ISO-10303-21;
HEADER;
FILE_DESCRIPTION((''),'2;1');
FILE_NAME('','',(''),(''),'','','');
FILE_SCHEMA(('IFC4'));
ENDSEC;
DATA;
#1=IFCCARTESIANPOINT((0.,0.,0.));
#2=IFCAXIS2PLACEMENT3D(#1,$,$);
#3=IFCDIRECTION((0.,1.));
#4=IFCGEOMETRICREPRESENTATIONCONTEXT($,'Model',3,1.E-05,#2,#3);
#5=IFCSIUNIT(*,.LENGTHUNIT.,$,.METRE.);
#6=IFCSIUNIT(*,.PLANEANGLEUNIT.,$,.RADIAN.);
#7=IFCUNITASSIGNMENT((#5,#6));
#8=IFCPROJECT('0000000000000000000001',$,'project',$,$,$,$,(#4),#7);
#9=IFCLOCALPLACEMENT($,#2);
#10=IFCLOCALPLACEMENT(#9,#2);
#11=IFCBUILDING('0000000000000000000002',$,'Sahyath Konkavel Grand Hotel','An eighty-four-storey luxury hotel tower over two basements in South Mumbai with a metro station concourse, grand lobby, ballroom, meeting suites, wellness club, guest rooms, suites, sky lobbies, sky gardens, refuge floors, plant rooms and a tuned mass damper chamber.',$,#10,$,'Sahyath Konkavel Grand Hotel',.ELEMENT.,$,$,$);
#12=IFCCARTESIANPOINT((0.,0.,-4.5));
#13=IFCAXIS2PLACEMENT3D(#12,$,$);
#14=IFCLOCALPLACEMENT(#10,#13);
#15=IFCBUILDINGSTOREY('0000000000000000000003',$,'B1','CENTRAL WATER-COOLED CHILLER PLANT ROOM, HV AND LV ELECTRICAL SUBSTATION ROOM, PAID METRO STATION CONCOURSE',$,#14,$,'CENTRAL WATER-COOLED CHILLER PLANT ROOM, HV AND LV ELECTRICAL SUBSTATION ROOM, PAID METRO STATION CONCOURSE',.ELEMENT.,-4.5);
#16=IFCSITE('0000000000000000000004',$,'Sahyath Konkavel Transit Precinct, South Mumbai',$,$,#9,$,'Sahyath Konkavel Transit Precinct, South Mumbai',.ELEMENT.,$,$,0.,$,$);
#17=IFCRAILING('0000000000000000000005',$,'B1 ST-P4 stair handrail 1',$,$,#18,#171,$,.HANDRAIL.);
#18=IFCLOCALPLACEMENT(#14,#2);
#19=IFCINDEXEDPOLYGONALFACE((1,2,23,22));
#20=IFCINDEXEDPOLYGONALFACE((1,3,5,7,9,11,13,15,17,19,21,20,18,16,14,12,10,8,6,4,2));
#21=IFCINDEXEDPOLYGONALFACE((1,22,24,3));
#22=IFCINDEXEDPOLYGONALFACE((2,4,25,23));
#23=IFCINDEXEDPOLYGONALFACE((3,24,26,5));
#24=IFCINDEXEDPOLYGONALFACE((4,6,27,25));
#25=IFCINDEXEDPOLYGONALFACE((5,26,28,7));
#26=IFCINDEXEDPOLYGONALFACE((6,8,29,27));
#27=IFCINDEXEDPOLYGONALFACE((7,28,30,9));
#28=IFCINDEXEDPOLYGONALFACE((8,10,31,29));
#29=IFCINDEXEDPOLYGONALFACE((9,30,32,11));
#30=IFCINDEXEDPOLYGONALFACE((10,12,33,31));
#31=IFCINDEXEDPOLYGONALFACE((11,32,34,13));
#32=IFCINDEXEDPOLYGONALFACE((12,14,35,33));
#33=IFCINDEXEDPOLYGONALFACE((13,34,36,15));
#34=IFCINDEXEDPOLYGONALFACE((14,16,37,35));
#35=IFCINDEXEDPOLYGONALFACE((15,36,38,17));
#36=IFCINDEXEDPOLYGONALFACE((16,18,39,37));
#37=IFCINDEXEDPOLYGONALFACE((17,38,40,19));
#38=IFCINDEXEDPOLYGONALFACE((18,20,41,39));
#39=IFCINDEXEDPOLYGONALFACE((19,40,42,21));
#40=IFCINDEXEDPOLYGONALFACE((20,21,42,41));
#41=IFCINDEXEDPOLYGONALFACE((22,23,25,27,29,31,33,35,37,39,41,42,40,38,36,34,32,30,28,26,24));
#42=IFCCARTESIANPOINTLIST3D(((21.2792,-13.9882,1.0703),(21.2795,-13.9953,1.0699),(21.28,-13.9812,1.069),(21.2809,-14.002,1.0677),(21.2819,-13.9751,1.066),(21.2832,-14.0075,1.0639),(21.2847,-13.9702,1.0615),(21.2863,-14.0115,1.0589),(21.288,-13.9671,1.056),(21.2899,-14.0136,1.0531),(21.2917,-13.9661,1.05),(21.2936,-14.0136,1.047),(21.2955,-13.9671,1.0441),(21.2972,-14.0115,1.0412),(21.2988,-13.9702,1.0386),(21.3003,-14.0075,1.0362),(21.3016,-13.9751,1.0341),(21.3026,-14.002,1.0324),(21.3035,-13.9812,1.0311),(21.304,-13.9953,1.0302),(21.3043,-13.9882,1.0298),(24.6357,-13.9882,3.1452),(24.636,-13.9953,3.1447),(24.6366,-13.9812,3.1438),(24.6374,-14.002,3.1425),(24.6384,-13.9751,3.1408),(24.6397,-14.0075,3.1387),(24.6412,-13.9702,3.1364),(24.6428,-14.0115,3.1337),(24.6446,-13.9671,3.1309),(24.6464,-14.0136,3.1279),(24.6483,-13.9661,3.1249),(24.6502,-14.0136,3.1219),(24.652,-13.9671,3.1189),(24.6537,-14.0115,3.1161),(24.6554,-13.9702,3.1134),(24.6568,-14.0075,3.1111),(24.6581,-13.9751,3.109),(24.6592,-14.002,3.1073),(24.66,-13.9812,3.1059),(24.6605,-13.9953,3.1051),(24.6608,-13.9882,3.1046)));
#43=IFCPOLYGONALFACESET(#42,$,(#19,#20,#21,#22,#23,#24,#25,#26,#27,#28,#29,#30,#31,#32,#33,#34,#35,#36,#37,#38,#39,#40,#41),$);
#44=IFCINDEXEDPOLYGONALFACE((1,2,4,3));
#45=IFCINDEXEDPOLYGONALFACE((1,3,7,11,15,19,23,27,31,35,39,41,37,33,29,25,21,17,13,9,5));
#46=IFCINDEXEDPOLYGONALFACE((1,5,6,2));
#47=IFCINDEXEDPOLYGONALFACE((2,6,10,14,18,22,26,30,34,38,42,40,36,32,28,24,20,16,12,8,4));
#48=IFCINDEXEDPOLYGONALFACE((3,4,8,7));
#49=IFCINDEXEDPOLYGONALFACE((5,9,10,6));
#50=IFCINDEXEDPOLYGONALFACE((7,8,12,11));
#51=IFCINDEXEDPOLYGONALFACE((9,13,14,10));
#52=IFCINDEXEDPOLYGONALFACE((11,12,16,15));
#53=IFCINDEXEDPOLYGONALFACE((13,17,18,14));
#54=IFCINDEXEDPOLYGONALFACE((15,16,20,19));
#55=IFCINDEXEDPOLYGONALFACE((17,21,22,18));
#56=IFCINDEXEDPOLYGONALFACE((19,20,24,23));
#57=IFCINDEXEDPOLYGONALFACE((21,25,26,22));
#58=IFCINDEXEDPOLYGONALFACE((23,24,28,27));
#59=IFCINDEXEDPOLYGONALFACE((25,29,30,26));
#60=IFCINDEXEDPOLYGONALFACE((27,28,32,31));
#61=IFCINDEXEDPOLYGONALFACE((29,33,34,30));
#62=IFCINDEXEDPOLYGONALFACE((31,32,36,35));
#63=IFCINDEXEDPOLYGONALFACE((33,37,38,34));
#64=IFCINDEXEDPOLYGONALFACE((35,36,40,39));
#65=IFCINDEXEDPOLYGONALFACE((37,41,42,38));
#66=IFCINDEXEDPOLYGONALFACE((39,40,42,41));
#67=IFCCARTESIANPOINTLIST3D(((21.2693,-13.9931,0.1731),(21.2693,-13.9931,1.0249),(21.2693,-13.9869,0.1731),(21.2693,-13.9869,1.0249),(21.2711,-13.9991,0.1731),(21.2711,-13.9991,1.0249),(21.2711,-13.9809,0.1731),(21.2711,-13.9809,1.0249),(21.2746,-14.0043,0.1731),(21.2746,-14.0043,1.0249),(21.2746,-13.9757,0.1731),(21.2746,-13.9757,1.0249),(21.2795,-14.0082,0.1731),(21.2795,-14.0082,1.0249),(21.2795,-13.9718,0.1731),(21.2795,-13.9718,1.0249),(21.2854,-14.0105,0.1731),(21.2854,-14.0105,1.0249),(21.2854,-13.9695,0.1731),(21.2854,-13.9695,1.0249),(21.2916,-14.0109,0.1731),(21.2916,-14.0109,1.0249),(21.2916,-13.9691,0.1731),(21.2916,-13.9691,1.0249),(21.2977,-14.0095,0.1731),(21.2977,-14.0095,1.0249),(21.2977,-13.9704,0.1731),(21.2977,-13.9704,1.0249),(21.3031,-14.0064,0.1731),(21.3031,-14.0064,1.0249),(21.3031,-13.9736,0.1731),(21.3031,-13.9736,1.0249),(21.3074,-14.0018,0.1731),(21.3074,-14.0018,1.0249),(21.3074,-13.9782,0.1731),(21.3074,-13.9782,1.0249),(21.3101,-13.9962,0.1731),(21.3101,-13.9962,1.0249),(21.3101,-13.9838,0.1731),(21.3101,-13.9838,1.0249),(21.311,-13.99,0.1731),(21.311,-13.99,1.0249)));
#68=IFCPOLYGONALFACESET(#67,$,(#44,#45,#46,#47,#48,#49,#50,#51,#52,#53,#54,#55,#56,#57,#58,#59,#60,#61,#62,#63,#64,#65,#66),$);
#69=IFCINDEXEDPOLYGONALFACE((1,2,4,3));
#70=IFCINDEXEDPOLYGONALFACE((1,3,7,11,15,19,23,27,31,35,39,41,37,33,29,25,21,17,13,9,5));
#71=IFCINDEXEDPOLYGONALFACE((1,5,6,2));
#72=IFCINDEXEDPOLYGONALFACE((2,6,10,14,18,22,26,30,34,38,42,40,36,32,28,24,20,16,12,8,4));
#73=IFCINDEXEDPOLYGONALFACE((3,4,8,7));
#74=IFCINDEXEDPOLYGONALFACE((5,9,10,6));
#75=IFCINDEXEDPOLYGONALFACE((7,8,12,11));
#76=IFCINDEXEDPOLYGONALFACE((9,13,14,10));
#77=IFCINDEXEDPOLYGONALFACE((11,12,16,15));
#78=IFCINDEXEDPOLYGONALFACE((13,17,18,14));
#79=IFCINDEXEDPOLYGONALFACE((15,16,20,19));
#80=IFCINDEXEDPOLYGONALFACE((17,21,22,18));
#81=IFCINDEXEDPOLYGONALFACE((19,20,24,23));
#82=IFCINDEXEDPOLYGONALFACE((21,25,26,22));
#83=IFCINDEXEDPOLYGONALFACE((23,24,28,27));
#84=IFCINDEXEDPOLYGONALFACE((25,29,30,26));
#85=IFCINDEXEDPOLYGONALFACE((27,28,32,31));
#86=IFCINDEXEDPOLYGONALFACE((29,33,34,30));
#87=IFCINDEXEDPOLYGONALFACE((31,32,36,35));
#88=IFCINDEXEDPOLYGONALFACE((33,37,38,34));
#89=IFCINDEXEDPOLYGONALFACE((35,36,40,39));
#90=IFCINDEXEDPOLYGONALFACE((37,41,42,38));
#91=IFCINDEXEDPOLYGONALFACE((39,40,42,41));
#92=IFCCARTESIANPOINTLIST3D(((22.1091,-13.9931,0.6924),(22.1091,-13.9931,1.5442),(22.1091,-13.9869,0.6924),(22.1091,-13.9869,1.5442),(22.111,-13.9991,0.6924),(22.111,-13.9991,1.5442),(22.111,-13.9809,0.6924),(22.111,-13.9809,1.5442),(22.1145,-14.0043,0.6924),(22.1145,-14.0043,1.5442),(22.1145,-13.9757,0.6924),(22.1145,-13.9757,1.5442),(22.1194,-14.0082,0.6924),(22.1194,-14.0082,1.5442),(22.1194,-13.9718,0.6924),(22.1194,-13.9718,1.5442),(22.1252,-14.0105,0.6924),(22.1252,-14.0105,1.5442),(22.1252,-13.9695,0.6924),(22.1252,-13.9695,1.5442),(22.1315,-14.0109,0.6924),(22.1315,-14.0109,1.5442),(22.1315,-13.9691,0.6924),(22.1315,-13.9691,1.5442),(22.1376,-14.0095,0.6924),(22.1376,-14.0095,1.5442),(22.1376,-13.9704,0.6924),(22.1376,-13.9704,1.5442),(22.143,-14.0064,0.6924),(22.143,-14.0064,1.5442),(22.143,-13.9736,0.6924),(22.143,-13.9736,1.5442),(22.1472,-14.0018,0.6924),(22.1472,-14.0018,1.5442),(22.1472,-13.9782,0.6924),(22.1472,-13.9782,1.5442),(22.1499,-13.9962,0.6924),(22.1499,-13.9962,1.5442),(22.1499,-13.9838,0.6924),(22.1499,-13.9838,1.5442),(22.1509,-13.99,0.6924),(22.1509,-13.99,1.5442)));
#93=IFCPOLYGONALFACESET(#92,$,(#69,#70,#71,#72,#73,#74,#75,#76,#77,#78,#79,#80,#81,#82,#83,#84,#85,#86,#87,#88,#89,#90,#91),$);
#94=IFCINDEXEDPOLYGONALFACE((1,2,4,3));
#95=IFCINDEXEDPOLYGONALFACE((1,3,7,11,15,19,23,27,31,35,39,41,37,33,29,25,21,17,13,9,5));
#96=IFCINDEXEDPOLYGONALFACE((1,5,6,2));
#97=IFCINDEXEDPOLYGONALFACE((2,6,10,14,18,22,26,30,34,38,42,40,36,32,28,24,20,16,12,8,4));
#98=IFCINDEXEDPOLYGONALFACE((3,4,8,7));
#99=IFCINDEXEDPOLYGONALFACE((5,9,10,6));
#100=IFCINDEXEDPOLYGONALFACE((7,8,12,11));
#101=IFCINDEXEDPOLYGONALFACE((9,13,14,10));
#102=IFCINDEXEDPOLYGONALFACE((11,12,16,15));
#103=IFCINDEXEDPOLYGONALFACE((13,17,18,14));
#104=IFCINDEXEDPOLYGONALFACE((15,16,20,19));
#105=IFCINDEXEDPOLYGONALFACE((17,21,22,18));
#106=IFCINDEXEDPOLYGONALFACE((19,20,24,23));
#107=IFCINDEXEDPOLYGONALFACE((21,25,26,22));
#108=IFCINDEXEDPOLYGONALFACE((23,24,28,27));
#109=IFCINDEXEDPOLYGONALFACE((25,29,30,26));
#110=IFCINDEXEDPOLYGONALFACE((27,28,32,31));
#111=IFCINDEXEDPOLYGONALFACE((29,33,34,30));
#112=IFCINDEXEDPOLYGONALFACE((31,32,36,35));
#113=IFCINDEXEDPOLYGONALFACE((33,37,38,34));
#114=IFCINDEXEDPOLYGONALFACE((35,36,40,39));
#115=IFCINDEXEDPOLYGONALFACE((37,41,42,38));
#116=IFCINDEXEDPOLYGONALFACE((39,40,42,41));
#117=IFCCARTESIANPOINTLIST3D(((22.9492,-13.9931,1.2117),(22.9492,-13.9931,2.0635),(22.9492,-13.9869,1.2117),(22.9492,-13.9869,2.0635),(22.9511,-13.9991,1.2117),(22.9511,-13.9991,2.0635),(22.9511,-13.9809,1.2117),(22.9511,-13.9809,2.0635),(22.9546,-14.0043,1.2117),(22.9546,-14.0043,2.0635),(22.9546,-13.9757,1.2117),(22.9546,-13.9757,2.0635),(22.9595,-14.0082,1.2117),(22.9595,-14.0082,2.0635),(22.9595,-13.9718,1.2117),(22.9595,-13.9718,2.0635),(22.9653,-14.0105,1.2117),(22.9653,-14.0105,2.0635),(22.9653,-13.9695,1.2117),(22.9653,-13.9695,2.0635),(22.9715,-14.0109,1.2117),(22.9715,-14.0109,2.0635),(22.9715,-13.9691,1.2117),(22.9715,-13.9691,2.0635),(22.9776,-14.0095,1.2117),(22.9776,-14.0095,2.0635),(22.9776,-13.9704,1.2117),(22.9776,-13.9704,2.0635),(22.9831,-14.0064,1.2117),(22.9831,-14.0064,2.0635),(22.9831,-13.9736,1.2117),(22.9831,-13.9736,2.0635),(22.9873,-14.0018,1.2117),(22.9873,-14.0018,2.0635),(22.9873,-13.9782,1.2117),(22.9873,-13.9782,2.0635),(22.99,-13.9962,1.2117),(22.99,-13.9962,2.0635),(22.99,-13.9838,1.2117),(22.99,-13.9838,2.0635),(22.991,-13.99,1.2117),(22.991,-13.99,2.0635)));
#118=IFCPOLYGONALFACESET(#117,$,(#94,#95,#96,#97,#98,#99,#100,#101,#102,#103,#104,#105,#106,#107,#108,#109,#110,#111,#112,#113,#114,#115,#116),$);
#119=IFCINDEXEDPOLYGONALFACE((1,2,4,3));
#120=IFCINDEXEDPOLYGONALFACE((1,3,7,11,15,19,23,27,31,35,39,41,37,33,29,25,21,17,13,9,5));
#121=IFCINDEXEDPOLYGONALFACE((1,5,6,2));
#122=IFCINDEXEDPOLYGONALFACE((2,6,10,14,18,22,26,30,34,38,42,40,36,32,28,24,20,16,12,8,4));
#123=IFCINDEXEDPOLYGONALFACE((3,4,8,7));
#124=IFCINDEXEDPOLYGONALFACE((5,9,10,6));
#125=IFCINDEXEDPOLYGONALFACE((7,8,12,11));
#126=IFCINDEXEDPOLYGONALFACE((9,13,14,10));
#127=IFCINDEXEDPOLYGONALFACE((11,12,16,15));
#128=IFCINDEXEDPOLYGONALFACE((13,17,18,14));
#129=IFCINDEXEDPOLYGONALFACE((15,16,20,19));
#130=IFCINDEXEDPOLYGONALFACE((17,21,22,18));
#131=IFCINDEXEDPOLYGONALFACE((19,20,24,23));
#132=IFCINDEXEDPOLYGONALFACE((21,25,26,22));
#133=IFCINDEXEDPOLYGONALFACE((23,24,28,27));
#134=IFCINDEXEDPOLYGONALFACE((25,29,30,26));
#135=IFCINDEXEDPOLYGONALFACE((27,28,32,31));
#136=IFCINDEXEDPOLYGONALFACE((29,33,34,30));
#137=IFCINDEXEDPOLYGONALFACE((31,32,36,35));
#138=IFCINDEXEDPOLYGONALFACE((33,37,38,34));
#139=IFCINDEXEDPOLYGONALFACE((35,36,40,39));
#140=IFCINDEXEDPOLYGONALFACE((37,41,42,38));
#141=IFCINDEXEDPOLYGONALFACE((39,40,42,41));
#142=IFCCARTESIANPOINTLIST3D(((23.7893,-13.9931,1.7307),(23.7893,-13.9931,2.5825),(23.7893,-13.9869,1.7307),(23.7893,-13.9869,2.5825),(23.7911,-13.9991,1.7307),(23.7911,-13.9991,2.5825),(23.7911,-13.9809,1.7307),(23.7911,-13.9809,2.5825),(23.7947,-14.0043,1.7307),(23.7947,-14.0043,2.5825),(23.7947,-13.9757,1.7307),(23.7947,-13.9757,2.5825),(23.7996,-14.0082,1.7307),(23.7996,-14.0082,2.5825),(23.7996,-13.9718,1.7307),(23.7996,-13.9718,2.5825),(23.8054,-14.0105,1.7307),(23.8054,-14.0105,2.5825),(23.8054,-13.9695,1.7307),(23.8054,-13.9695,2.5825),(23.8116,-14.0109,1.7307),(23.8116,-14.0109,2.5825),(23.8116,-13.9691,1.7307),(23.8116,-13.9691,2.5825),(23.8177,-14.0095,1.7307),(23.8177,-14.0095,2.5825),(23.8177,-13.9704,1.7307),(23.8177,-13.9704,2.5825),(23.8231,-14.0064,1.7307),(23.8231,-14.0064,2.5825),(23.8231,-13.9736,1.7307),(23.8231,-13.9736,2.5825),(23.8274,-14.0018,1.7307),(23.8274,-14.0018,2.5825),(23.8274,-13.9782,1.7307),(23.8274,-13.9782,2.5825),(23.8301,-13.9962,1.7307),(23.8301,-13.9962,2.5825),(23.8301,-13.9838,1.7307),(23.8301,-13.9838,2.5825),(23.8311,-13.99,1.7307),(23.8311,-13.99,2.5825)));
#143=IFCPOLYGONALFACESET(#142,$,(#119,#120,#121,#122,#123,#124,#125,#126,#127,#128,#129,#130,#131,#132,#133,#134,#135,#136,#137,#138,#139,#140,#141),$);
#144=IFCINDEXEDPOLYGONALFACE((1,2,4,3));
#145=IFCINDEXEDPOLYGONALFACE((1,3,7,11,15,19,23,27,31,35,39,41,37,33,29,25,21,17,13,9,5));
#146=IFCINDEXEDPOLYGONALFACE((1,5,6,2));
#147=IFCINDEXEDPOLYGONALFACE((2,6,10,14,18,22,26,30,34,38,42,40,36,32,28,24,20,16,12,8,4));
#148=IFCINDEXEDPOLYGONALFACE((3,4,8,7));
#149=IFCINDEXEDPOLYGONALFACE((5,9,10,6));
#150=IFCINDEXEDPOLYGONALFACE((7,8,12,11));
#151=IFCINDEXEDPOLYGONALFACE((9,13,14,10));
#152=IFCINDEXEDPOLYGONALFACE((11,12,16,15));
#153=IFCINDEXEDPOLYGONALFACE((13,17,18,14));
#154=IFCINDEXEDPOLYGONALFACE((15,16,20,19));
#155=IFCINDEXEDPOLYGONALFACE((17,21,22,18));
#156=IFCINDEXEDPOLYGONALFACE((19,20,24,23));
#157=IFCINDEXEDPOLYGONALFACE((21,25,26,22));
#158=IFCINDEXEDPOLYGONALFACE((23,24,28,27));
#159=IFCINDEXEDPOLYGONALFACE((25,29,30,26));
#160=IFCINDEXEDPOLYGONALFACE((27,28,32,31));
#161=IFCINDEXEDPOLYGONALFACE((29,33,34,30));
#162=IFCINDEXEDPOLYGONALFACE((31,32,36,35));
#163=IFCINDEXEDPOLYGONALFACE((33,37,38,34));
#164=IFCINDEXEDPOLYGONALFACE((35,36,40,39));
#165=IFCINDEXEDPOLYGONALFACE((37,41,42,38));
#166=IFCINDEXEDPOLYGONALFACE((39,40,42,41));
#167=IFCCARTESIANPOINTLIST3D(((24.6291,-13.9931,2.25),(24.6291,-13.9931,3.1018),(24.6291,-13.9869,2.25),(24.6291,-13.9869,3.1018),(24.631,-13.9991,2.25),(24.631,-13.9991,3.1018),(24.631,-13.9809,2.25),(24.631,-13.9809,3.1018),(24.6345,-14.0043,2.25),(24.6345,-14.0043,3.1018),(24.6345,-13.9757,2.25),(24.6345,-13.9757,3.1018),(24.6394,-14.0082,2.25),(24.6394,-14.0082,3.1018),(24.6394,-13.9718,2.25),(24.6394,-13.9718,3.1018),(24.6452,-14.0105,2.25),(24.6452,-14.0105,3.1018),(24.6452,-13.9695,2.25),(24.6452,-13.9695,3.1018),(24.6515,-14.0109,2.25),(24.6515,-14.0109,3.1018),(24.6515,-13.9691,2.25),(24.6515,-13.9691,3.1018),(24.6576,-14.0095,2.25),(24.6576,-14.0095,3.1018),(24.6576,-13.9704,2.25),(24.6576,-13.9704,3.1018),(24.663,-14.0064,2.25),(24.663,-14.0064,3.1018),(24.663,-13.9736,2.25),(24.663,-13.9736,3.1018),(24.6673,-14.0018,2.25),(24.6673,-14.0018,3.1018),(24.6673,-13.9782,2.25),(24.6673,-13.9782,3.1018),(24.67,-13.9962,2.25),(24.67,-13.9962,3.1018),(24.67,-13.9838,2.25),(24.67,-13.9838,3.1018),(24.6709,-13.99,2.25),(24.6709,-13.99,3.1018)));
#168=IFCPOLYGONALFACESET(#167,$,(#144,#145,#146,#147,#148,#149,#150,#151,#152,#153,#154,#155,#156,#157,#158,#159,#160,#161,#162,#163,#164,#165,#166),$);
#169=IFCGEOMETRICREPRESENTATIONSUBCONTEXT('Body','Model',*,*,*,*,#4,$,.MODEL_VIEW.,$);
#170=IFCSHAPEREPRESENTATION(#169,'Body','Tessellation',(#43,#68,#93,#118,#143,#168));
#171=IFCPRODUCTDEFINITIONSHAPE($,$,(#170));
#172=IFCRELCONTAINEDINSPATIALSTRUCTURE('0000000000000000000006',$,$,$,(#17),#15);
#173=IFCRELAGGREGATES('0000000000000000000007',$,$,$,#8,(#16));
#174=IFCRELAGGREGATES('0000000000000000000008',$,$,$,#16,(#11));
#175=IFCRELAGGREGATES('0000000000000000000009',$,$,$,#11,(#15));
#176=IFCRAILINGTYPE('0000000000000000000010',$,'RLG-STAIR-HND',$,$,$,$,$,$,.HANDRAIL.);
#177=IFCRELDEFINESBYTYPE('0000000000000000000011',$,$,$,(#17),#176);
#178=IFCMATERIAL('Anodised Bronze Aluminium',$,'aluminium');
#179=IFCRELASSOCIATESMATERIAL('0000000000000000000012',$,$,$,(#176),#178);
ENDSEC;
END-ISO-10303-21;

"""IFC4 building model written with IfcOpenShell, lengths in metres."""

from ifc_helpers import new_model, si_unit, direction, frame, origin, origin_2d, place, context, subcontext, project, spatial, circle, extrude, material, type_object, element, save


model = new_model("IFC4")

# Units and contexts
model_context = context("Model", 3, precision=1e-05, world=origin(), true_north=direction((0.0, 1.0)))
body_context = subcontext(model_context, "Body", "Model", "MODEL_VIEW")
ifc_project = project(units=[si_unit("LENGTHUNIT", "METRE"), si_unit("PLANEANGLEUNIT", "RADIAN")], contexts=[model_context])

# Site, building, storey
site_placement = place(None, origin())
site = spatial("IfcSite", under=ifc_project, at=site_placement, Name="Sahyath Konkavel Transit Precinct, South Mumbai", LongName="Sahyath Konkavel Transit Precinct, South Mumbai", CompositionType="ELEMENT", RefElevation=0.0)
building_placement = place(site_placement, origin())
building = spatial("IfcBuilding", under=site, at=building_placement, Name="Sahyath Konkavel Grand Hotel", Description="An eighty-four-storey luxury hotel tower over two basements in South Mumbai with a metro station concourse, grand lobby, ballroom, meeting suites, wellness club, guest rooms, suites, sky lobbies, sky gardens, refuge floors, plant rooms and a tuned mass damper chamber.", LongName="Sahyath Konkavel Grand Hotel", CompositionType="ELEMENT")
storey_placement = place(building_placement, frame((0.0, 0.0, -4.5)))
storey = spatial("IfcBuildingStorey", under=building, at=storey_placement, Name="B1", Description="CENTRAL WATER-COOLED CHILLER PLANT ROOM, HV AND LV ELECTRICAL SUBSTATION ROOM, PAID METRO STATION CONCOURSE", LongName="CENTRAL WATER-COOLED CHILLER PLANT ROOM, HV AND LV ELECTRICAL SUBSTATION ROOM, PAID METRO STATION CONCOURSE", CompositionType="ELEMENT", Elevation=-4.5)

# Railing
ifc_material_1 = material(Name="Anodised Bronze Aluminium", Category="aluminium")
railing_type_1 = type_object("IfcRailingType", Name="RLG-STAIR-HND", PredefinedType="HANDRAIL", material=ifc_material_1)
railing_1_placement = place(storey_placement, frame((21.29, -13.99, 0.1731)))
element("IfcRailing", 1, at=railing_1_placement, inside=storey, type_object=railing_type_1, Name="B1 ST-P4 stair handrail 1", PredefinedType="HANDRAIL", context=body_context, shape_type="SweptSolid", body=[
    extrude(circle(Radius=0.0239, at=origin_2d()), frame((0.0017, 0.0, 0.877), z_axis=(0.850606, 0.0, 0.525803), x_axis=(0.0, 1.0, 0.0)), (0.0, 0.0, 1.0), 3.946),
    extrude(circle(Radius=0.021, at=origin_2d()), origin(), (0.0, 0.0, 1.0), 0.8518),
    extrude(circle(Radius=0.021, at=origin_2d()), frame((0.8398, 0.0, 0.5193)), (0.0, 0.0, 1.0), 0.8518),
    extrude(circle(Radius=0.021, at=origin_2d()), frame((1.6799, 0.0, 1.0386)), (0.0, 0.0, 1.0), 0.8518),
    extrude(circle(Radius=0.021, at=origin_2d()), frame((2.52, 0.0, 1.5576)), (0.0, 0.0, 1.0), 0.8518),
    extrude(circle(Radius=0.021, at=origin_2d()), frame((3.3599, 0.0, 2.0769)), (0.0, 0.0, 1.0), 0.8518),
])

save(model, "model.ifc")
